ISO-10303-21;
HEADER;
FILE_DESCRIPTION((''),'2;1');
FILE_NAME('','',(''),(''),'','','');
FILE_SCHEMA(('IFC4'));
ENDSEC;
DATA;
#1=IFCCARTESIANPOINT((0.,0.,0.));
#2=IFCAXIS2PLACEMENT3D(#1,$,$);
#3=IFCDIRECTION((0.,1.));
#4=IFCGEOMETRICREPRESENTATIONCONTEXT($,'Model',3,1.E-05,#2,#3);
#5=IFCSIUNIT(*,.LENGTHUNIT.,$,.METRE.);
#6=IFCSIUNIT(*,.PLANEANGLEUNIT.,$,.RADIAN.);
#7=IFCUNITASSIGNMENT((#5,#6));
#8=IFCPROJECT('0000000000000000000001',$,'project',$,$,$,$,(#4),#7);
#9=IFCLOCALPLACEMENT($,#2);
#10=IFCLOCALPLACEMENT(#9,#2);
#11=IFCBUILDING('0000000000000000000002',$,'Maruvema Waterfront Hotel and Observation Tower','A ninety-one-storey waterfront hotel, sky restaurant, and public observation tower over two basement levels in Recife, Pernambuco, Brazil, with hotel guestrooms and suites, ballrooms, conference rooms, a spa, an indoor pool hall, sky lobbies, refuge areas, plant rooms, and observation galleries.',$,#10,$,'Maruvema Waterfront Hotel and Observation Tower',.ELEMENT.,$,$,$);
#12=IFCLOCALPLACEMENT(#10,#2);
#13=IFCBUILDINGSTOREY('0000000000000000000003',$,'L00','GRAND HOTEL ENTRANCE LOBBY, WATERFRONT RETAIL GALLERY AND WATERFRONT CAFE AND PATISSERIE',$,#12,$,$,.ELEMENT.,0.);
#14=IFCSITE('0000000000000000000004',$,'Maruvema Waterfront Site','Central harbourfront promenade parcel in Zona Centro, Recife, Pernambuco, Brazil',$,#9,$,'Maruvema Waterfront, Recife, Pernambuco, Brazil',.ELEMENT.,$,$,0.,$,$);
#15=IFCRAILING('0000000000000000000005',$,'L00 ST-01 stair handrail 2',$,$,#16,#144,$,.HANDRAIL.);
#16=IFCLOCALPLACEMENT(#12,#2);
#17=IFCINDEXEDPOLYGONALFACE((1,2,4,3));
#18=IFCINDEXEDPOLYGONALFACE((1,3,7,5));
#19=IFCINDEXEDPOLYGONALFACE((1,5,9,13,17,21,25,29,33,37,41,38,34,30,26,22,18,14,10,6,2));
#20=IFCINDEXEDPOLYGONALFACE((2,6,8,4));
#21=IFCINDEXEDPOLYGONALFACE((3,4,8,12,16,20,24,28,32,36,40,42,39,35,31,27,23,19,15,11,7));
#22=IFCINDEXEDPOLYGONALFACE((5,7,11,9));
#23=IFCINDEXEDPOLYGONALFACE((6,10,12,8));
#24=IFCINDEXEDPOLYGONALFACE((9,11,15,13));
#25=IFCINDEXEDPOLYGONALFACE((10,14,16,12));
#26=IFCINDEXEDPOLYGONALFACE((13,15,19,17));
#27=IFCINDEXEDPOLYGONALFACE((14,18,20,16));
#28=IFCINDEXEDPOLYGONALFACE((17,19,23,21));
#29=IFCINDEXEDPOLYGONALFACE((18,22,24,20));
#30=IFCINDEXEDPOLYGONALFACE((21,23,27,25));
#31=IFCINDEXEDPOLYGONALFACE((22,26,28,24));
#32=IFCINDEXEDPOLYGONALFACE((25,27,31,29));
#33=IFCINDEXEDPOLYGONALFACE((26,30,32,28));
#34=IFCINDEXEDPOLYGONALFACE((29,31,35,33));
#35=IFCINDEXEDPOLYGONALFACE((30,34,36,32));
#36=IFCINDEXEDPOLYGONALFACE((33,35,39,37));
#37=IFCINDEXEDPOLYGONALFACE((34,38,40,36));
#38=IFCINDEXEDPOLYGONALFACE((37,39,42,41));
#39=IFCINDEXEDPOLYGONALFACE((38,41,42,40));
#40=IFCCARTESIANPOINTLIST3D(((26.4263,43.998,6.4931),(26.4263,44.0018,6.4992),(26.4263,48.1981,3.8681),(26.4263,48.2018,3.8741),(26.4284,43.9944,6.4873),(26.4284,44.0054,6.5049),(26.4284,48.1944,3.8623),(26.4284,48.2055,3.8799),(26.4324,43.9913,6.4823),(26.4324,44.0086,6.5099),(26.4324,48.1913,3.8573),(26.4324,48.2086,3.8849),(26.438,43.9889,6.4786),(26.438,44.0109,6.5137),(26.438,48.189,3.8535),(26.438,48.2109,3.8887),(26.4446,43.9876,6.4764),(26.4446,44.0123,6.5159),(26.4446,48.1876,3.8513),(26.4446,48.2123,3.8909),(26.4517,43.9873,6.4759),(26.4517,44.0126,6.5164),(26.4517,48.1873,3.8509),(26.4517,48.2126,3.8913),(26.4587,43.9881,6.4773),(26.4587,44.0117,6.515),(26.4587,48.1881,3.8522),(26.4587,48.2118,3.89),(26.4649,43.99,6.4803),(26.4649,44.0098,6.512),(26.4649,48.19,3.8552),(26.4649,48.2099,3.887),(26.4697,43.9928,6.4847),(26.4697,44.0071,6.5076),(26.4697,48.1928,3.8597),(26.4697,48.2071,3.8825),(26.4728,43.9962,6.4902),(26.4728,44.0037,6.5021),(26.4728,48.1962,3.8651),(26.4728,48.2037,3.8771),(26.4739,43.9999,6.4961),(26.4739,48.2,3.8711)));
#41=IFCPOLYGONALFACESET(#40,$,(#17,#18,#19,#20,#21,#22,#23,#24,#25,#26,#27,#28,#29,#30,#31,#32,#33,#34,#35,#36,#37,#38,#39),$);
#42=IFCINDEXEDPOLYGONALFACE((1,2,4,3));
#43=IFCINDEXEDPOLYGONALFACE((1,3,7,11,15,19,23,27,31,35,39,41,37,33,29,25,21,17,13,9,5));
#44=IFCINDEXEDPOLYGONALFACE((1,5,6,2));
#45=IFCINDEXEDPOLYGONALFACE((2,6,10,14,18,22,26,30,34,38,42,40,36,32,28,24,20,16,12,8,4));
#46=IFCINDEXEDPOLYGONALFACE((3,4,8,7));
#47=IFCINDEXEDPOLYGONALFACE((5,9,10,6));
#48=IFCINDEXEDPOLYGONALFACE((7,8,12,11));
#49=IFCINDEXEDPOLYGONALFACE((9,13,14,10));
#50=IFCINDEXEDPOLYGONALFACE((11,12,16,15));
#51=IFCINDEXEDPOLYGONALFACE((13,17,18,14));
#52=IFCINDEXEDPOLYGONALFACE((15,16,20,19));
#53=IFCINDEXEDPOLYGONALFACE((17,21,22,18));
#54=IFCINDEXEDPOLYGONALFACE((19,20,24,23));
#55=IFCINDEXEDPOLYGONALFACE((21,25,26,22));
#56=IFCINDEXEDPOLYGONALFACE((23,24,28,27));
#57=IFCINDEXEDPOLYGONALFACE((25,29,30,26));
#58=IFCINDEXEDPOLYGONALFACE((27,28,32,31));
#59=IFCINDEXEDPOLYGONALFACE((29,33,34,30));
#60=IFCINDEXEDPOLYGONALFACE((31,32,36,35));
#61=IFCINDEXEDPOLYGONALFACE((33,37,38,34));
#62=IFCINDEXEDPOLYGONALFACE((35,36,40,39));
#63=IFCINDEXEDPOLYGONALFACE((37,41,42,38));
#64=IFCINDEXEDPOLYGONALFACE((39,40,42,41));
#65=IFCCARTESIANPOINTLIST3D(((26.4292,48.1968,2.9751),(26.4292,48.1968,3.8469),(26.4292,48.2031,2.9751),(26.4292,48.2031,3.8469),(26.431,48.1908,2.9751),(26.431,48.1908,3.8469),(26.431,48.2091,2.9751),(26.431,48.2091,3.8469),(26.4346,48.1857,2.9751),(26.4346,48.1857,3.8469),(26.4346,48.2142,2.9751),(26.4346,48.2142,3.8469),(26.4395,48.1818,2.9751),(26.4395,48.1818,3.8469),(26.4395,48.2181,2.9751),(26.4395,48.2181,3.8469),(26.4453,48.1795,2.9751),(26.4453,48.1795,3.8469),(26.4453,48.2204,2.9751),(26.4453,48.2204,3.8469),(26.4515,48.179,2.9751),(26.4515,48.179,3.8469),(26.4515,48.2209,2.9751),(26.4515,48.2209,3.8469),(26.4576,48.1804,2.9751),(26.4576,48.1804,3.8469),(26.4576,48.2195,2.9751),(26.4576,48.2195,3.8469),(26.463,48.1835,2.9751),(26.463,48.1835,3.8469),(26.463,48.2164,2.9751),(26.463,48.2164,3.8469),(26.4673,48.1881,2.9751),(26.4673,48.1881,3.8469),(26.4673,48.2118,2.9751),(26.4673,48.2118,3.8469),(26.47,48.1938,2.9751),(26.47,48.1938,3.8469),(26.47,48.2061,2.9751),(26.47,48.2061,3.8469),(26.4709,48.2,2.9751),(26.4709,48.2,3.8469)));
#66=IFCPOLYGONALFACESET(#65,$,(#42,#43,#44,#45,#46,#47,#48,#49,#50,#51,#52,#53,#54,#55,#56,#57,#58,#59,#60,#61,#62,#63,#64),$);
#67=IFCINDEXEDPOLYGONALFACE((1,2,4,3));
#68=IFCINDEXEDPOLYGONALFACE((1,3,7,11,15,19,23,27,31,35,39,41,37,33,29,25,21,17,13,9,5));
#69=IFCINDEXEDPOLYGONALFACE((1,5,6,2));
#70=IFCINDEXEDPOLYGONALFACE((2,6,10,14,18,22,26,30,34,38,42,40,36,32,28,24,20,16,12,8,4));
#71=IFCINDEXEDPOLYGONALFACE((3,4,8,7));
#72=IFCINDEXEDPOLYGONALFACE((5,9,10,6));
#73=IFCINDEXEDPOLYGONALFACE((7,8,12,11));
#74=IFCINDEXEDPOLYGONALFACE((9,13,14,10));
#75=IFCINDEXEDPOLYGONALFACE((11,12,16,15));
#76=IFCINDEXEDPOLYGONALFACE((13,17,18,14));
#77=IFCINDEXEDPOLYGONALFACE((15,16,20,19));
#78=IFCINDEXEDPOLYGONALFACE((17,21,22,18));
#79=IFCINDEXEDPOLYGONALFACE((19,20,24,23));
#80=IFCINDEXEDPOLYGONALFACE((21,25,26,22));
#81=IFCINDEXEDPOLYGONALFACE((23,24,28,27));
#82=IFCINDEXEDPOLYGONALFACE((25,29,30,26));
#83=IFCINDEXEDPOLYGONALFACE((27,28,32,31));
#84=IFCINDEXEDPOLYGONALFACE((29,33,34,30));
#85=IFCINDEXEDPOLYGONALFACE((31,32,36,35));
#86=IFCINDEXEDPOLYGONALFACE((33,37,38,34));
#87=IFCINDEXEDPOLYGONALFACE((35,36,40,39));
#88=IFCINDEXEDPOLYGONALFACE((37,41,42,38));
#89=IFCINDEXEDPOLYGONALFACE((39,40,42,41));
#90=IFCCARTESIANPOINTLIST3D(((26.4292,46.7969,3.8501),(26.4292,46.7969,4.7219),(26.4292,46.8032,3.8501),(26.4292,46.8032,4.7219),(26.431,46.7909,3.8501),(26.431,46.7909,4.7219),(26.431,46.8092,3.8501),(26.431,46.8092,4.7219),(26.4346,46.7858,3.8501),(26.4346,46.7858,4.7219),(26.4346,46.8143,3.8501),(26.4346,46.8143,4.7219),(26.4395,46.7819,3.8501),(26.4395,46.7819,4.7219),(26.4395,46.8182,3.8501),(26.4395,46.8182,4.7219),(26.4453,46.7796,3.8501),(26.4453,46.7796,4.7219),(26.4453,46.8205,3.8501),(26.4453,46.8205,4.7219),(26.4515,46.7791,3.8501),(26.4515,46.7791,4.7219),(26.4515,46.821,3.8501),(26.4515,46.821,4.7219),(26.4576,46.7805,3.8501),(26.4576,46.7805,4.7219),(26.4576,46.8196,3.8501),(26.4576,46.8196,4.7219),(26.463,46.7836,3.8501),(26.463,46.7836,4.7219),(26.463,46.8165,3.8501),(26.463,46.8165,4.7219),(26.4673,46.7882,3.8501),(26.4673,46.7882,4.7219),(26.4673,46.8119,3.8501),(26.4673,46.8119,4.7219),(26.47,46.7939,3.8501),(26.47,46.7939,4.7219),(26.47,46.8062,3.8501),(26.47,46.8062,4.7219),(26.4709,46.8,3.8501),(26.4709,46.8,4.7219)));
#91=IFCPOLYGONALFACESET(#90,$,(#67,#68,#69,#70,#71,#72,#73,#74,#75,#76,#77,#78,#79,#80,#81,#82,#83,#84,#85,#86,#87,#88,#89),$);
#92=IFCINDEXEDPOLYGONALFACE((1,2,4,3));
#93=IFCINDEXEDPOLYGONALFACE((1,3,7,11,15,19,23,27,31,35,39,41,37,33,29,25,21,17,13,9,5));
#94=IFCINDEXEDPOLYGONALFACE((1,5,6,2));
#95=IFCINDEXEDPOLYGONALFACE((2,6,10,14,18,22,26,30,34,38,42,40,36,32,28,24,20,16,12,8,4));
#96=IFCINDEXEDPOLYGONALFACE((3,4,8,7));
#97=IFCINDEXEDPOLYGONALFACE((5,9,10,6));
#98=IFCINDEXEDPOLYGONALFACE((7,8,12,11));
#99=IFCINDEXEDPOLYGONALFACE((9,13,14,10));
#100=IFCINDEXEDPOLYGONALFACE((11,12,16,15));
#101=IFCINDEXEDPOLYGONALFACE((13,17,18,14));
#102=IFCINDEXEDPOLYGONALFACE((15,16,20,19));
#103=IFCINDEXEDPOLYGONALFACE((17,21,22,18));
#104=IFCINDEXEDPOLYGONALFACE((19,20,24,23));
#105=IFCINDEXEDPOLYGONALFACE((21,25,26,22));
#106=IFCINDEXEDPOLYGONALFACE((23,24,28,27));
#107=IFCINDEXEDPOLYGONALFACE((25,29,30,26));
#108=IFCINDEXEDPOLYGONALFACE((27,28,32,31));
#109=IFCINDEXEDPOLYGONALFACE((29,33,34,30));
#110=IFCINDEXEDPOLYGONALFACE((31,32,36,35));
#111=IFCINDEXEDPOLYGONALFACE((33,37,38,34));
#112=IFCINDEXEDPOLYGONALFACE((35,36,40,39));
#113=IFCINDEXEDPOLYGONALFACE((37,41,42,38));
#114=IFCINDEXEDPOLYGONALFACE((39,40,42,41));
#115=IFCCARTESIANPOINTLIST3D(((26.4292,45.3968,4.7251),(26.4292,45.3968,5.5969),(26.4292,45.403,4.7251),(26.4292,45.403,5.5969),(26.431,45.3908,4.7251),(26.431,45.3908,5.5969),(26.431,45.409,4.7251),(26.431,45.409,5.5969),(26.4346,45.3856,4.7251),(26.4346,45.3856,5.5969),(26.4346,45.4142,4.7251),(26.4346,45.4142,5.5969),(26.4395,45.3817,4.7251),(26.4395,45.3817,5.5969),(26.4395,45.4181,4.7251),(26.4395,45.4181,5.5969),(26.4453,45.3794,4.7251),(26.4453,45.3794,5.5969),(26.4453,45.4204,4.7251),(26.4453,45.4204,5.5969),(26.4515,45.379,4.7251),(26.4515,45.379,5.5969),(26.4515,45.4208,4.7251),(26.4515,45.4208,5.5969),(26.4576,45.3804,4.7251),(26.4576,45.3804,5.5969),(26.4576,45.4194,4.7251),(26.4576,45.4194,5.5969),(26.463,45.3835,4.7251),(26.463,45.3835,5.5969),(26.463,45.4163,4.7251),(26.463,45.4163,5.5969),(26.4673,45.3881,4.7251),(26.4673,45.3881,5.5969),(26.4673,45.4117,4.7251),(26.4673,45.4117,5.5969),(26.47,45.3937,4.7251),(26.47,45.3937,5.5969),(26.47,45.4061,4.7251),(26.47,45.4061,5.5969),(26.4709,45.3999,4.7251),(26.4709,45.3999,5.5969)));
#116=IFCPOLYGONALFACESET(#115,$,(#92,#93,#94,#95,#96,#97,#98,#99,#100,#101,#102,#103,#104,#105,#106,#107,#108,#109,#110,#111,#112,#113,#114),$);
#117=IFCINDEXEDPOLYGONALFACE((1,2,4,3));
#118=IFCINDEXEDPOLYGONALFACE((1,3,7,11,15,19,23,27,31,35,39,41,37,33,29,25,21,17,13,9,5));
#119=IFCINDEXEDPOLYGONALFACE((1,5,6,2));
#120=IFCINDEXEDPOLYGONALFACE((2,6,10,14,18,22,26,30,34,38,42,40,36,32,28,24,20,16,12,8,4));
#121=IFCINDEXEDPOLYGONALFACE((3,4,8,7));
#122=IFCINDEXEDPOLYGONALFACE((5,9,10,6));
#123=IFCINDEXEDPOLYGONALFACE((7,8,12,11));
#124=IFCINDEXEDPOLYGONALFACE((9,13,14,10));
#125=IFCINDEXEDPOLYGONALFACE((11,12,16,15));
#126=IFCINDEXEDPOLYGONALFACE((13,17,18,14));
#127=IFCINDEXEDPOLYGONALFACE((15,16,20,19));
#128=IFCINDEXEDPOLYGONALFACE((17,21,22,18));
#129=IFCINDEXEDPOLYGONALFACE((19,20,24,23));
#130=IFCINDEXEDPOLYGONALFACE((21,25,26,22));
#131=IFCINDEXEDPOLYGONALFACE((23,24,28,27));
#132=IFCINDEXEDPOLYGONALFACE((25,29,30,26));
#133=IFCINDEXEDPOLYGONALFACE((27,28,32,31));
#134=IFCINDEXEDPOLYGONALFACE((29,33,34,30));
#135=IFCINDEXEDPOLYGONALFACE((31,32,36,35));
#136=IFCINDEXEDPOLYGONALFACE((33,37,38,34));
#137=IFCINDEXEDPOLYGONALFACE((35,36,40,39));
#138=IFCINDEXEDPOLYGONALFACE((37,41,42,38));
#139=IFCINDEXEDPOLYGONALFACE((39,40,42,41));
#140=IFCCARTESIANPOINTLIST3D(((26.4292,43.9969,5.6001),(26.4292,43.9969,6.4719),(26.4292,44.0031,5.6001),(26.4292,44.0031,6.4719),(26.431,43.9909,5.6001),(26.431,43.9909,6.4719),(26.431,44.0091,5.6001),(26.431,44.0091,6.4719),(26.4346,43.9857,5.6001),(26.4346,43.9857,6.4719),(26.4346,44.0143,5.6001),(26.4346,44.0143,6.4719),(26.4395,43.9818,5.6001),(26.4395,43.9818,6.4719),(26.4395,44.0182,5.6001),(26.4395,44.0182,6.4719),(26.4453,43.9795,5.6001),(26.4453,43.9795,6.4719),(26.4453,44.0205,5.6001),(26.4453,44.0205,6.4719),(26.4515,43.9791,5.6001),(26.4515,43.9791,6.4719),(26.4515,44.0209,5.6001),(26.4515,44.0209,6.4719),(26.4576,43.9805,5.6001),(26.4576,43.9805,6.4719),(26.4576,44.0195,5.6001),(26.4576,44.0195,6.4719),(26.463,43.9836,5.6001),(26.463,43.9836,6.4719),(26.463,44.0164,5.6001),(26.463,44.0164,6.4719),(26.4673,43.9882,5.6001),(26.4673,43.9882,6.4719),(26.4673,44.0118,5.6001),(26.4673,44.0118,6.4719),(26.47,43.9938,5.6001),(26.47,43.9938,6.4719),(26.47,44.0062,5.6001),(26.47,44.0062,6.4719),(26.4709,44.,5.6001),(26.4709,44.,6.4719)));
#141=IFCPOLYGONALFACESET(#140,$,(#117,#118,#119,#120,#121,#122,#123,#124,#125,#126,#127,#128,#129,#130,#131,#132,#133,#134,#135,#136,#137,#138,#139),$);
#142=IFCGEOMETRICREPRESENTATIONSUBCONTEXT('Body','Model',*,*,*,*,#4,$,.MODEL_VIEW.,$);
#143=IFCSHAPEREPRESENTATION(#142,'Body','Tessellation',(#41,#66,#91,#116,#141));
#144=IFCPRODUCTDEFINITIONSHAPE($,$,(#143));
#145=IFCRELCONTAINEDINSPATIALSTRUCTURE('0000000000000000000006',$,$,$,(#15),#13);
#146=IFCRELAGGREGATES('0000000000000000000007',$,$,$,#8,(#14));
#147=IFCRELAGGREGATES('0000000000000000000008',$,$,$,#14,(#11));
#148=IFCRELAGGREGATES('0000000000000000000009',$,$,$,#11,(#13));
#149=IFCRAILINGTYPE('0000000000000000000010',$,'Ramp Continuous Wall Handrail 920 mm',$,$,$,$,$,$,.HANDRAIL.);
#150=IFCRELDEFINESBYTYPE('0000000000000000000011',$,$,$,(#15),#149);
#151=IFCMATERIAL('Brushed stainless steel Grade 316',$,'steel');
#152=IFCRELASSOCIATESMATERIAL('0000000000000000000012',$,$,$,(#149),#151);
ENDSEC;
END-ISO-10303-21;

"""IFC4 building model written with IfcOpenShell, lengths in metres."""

from ifc_helpers import new_model, si_unit, direction, frame, origin, origin_2d, place, context, subcontext, project, spatial, circle, extrude, material, type_object, element, save


model = new_model("IFC4")

# Units and contexts
model_context = context("Model", 3, precision=1e-05, world=origin(), true_north=direction((0.0, 1.0)))
body_context = subcontext(model_context, "Body", "Model", "MODEL_VIEW")
ifc_project = project(units=[si_unit("LENGTHUNIT", "METRE"), si_unit("PLANEANGLEUNIT", "RADIAN")], contexts=[model_context])

# Site, building, storey
site_placement = place(None, origin())
site = spatial("IfcSite", under=ifc_project, at=site_placement, Name="Maruvema Waterfront Site", Description="Central harbourfront promenade parcel in Zona Centro, Recife, Pernambuco, Brazil", LongName="Maruvema Waterfront, Recife, Pernambuco, Brazil", CompositionType="ELEMENT", RefElevation=0.0)
building_placement = place(site_placement, origin())
building = spatial("IfcBuilding", under=site, at=building_placement, Name="Maruvema Waterfront Hotel and Observation Tower", Description="A ninety-one-storey waterfront hotel, sky restaurant, and public observation tower over two basement levels in Recife, Pernambuco, Brazil, with hotel guestrooms and suites, ballrooms, conference rooms, a spa, an indoor pool hall, sky lobbies, refuge areas, plant rooms, and observation galleries.", LongName="Maruvema Waterfront Hotel and Observation Tower", CompositionType="ELEMENT")
storey_placement = place(building_placement, origin())
storey = spatial("IfcBuildingStorey", under=building, at=storey_placement, Name="L00", Description="GRAND HOTEL ENTRANCE LOBBY, WATERFRONT RETAIL GALLERY AND WATERFRONT CAFE AND PATISSERIE", CompositionType="ELEMENT", Elevation=0.0)

# Railing
ifc_material_1 = material(Name="Brushed stainless steel Grade 316", Category="steel")
railing_type_1 = type_object("IfcRailingType", Name="Ramp Continuous Wall Handrail 920 mm", PredefinedType="HANDRAIL", material=ifc_material_1)
railing_1_placement = place(storey_placement, frame((26.45, 48.2, 2.9751)))
element("IfcRailing", 1, at=railing_1_placement, inside=storey, type_object=railing_type_1, Name="L00 ST-01 stair handrail 2", PredefinedType="HANDRAIL", context=body_context, shape_type="SweptSolid", body=[
    extrude(circle(Radius=0.0239, at=origin_2d()), frame((0.0, 0.0, 0.896), z_axis=(0.0, -0.847996, 0.530003), x_axis=(1.0, 0.0, 0.0)), (0.0, 0.0, 1.0), 4.9529),
    extrude(circle(Radius=0.021, at=origin_2d()), origin(), (0.0, 0.0, 1.0), 0.8718),
    extrude(circle(Radius=0.021, at=origin_2d()), frame((0.0, -1.3999, 0.875)), (0.0, 0.0, 1.0), 0.8718),
    extrude(circle(Radius=0.021, at=origin_2d()), frame((0.0, -2.8, 1.75)), (0.0, 0.0, 1.0), 0.8718),
    extrude(circle(Radius=0.021, at=origin_2d()), frame((0.0, -4.2, 2.625)), (0.0, 0.0, 1.0), 0.8718),
])

save(model, "model.ifc")
